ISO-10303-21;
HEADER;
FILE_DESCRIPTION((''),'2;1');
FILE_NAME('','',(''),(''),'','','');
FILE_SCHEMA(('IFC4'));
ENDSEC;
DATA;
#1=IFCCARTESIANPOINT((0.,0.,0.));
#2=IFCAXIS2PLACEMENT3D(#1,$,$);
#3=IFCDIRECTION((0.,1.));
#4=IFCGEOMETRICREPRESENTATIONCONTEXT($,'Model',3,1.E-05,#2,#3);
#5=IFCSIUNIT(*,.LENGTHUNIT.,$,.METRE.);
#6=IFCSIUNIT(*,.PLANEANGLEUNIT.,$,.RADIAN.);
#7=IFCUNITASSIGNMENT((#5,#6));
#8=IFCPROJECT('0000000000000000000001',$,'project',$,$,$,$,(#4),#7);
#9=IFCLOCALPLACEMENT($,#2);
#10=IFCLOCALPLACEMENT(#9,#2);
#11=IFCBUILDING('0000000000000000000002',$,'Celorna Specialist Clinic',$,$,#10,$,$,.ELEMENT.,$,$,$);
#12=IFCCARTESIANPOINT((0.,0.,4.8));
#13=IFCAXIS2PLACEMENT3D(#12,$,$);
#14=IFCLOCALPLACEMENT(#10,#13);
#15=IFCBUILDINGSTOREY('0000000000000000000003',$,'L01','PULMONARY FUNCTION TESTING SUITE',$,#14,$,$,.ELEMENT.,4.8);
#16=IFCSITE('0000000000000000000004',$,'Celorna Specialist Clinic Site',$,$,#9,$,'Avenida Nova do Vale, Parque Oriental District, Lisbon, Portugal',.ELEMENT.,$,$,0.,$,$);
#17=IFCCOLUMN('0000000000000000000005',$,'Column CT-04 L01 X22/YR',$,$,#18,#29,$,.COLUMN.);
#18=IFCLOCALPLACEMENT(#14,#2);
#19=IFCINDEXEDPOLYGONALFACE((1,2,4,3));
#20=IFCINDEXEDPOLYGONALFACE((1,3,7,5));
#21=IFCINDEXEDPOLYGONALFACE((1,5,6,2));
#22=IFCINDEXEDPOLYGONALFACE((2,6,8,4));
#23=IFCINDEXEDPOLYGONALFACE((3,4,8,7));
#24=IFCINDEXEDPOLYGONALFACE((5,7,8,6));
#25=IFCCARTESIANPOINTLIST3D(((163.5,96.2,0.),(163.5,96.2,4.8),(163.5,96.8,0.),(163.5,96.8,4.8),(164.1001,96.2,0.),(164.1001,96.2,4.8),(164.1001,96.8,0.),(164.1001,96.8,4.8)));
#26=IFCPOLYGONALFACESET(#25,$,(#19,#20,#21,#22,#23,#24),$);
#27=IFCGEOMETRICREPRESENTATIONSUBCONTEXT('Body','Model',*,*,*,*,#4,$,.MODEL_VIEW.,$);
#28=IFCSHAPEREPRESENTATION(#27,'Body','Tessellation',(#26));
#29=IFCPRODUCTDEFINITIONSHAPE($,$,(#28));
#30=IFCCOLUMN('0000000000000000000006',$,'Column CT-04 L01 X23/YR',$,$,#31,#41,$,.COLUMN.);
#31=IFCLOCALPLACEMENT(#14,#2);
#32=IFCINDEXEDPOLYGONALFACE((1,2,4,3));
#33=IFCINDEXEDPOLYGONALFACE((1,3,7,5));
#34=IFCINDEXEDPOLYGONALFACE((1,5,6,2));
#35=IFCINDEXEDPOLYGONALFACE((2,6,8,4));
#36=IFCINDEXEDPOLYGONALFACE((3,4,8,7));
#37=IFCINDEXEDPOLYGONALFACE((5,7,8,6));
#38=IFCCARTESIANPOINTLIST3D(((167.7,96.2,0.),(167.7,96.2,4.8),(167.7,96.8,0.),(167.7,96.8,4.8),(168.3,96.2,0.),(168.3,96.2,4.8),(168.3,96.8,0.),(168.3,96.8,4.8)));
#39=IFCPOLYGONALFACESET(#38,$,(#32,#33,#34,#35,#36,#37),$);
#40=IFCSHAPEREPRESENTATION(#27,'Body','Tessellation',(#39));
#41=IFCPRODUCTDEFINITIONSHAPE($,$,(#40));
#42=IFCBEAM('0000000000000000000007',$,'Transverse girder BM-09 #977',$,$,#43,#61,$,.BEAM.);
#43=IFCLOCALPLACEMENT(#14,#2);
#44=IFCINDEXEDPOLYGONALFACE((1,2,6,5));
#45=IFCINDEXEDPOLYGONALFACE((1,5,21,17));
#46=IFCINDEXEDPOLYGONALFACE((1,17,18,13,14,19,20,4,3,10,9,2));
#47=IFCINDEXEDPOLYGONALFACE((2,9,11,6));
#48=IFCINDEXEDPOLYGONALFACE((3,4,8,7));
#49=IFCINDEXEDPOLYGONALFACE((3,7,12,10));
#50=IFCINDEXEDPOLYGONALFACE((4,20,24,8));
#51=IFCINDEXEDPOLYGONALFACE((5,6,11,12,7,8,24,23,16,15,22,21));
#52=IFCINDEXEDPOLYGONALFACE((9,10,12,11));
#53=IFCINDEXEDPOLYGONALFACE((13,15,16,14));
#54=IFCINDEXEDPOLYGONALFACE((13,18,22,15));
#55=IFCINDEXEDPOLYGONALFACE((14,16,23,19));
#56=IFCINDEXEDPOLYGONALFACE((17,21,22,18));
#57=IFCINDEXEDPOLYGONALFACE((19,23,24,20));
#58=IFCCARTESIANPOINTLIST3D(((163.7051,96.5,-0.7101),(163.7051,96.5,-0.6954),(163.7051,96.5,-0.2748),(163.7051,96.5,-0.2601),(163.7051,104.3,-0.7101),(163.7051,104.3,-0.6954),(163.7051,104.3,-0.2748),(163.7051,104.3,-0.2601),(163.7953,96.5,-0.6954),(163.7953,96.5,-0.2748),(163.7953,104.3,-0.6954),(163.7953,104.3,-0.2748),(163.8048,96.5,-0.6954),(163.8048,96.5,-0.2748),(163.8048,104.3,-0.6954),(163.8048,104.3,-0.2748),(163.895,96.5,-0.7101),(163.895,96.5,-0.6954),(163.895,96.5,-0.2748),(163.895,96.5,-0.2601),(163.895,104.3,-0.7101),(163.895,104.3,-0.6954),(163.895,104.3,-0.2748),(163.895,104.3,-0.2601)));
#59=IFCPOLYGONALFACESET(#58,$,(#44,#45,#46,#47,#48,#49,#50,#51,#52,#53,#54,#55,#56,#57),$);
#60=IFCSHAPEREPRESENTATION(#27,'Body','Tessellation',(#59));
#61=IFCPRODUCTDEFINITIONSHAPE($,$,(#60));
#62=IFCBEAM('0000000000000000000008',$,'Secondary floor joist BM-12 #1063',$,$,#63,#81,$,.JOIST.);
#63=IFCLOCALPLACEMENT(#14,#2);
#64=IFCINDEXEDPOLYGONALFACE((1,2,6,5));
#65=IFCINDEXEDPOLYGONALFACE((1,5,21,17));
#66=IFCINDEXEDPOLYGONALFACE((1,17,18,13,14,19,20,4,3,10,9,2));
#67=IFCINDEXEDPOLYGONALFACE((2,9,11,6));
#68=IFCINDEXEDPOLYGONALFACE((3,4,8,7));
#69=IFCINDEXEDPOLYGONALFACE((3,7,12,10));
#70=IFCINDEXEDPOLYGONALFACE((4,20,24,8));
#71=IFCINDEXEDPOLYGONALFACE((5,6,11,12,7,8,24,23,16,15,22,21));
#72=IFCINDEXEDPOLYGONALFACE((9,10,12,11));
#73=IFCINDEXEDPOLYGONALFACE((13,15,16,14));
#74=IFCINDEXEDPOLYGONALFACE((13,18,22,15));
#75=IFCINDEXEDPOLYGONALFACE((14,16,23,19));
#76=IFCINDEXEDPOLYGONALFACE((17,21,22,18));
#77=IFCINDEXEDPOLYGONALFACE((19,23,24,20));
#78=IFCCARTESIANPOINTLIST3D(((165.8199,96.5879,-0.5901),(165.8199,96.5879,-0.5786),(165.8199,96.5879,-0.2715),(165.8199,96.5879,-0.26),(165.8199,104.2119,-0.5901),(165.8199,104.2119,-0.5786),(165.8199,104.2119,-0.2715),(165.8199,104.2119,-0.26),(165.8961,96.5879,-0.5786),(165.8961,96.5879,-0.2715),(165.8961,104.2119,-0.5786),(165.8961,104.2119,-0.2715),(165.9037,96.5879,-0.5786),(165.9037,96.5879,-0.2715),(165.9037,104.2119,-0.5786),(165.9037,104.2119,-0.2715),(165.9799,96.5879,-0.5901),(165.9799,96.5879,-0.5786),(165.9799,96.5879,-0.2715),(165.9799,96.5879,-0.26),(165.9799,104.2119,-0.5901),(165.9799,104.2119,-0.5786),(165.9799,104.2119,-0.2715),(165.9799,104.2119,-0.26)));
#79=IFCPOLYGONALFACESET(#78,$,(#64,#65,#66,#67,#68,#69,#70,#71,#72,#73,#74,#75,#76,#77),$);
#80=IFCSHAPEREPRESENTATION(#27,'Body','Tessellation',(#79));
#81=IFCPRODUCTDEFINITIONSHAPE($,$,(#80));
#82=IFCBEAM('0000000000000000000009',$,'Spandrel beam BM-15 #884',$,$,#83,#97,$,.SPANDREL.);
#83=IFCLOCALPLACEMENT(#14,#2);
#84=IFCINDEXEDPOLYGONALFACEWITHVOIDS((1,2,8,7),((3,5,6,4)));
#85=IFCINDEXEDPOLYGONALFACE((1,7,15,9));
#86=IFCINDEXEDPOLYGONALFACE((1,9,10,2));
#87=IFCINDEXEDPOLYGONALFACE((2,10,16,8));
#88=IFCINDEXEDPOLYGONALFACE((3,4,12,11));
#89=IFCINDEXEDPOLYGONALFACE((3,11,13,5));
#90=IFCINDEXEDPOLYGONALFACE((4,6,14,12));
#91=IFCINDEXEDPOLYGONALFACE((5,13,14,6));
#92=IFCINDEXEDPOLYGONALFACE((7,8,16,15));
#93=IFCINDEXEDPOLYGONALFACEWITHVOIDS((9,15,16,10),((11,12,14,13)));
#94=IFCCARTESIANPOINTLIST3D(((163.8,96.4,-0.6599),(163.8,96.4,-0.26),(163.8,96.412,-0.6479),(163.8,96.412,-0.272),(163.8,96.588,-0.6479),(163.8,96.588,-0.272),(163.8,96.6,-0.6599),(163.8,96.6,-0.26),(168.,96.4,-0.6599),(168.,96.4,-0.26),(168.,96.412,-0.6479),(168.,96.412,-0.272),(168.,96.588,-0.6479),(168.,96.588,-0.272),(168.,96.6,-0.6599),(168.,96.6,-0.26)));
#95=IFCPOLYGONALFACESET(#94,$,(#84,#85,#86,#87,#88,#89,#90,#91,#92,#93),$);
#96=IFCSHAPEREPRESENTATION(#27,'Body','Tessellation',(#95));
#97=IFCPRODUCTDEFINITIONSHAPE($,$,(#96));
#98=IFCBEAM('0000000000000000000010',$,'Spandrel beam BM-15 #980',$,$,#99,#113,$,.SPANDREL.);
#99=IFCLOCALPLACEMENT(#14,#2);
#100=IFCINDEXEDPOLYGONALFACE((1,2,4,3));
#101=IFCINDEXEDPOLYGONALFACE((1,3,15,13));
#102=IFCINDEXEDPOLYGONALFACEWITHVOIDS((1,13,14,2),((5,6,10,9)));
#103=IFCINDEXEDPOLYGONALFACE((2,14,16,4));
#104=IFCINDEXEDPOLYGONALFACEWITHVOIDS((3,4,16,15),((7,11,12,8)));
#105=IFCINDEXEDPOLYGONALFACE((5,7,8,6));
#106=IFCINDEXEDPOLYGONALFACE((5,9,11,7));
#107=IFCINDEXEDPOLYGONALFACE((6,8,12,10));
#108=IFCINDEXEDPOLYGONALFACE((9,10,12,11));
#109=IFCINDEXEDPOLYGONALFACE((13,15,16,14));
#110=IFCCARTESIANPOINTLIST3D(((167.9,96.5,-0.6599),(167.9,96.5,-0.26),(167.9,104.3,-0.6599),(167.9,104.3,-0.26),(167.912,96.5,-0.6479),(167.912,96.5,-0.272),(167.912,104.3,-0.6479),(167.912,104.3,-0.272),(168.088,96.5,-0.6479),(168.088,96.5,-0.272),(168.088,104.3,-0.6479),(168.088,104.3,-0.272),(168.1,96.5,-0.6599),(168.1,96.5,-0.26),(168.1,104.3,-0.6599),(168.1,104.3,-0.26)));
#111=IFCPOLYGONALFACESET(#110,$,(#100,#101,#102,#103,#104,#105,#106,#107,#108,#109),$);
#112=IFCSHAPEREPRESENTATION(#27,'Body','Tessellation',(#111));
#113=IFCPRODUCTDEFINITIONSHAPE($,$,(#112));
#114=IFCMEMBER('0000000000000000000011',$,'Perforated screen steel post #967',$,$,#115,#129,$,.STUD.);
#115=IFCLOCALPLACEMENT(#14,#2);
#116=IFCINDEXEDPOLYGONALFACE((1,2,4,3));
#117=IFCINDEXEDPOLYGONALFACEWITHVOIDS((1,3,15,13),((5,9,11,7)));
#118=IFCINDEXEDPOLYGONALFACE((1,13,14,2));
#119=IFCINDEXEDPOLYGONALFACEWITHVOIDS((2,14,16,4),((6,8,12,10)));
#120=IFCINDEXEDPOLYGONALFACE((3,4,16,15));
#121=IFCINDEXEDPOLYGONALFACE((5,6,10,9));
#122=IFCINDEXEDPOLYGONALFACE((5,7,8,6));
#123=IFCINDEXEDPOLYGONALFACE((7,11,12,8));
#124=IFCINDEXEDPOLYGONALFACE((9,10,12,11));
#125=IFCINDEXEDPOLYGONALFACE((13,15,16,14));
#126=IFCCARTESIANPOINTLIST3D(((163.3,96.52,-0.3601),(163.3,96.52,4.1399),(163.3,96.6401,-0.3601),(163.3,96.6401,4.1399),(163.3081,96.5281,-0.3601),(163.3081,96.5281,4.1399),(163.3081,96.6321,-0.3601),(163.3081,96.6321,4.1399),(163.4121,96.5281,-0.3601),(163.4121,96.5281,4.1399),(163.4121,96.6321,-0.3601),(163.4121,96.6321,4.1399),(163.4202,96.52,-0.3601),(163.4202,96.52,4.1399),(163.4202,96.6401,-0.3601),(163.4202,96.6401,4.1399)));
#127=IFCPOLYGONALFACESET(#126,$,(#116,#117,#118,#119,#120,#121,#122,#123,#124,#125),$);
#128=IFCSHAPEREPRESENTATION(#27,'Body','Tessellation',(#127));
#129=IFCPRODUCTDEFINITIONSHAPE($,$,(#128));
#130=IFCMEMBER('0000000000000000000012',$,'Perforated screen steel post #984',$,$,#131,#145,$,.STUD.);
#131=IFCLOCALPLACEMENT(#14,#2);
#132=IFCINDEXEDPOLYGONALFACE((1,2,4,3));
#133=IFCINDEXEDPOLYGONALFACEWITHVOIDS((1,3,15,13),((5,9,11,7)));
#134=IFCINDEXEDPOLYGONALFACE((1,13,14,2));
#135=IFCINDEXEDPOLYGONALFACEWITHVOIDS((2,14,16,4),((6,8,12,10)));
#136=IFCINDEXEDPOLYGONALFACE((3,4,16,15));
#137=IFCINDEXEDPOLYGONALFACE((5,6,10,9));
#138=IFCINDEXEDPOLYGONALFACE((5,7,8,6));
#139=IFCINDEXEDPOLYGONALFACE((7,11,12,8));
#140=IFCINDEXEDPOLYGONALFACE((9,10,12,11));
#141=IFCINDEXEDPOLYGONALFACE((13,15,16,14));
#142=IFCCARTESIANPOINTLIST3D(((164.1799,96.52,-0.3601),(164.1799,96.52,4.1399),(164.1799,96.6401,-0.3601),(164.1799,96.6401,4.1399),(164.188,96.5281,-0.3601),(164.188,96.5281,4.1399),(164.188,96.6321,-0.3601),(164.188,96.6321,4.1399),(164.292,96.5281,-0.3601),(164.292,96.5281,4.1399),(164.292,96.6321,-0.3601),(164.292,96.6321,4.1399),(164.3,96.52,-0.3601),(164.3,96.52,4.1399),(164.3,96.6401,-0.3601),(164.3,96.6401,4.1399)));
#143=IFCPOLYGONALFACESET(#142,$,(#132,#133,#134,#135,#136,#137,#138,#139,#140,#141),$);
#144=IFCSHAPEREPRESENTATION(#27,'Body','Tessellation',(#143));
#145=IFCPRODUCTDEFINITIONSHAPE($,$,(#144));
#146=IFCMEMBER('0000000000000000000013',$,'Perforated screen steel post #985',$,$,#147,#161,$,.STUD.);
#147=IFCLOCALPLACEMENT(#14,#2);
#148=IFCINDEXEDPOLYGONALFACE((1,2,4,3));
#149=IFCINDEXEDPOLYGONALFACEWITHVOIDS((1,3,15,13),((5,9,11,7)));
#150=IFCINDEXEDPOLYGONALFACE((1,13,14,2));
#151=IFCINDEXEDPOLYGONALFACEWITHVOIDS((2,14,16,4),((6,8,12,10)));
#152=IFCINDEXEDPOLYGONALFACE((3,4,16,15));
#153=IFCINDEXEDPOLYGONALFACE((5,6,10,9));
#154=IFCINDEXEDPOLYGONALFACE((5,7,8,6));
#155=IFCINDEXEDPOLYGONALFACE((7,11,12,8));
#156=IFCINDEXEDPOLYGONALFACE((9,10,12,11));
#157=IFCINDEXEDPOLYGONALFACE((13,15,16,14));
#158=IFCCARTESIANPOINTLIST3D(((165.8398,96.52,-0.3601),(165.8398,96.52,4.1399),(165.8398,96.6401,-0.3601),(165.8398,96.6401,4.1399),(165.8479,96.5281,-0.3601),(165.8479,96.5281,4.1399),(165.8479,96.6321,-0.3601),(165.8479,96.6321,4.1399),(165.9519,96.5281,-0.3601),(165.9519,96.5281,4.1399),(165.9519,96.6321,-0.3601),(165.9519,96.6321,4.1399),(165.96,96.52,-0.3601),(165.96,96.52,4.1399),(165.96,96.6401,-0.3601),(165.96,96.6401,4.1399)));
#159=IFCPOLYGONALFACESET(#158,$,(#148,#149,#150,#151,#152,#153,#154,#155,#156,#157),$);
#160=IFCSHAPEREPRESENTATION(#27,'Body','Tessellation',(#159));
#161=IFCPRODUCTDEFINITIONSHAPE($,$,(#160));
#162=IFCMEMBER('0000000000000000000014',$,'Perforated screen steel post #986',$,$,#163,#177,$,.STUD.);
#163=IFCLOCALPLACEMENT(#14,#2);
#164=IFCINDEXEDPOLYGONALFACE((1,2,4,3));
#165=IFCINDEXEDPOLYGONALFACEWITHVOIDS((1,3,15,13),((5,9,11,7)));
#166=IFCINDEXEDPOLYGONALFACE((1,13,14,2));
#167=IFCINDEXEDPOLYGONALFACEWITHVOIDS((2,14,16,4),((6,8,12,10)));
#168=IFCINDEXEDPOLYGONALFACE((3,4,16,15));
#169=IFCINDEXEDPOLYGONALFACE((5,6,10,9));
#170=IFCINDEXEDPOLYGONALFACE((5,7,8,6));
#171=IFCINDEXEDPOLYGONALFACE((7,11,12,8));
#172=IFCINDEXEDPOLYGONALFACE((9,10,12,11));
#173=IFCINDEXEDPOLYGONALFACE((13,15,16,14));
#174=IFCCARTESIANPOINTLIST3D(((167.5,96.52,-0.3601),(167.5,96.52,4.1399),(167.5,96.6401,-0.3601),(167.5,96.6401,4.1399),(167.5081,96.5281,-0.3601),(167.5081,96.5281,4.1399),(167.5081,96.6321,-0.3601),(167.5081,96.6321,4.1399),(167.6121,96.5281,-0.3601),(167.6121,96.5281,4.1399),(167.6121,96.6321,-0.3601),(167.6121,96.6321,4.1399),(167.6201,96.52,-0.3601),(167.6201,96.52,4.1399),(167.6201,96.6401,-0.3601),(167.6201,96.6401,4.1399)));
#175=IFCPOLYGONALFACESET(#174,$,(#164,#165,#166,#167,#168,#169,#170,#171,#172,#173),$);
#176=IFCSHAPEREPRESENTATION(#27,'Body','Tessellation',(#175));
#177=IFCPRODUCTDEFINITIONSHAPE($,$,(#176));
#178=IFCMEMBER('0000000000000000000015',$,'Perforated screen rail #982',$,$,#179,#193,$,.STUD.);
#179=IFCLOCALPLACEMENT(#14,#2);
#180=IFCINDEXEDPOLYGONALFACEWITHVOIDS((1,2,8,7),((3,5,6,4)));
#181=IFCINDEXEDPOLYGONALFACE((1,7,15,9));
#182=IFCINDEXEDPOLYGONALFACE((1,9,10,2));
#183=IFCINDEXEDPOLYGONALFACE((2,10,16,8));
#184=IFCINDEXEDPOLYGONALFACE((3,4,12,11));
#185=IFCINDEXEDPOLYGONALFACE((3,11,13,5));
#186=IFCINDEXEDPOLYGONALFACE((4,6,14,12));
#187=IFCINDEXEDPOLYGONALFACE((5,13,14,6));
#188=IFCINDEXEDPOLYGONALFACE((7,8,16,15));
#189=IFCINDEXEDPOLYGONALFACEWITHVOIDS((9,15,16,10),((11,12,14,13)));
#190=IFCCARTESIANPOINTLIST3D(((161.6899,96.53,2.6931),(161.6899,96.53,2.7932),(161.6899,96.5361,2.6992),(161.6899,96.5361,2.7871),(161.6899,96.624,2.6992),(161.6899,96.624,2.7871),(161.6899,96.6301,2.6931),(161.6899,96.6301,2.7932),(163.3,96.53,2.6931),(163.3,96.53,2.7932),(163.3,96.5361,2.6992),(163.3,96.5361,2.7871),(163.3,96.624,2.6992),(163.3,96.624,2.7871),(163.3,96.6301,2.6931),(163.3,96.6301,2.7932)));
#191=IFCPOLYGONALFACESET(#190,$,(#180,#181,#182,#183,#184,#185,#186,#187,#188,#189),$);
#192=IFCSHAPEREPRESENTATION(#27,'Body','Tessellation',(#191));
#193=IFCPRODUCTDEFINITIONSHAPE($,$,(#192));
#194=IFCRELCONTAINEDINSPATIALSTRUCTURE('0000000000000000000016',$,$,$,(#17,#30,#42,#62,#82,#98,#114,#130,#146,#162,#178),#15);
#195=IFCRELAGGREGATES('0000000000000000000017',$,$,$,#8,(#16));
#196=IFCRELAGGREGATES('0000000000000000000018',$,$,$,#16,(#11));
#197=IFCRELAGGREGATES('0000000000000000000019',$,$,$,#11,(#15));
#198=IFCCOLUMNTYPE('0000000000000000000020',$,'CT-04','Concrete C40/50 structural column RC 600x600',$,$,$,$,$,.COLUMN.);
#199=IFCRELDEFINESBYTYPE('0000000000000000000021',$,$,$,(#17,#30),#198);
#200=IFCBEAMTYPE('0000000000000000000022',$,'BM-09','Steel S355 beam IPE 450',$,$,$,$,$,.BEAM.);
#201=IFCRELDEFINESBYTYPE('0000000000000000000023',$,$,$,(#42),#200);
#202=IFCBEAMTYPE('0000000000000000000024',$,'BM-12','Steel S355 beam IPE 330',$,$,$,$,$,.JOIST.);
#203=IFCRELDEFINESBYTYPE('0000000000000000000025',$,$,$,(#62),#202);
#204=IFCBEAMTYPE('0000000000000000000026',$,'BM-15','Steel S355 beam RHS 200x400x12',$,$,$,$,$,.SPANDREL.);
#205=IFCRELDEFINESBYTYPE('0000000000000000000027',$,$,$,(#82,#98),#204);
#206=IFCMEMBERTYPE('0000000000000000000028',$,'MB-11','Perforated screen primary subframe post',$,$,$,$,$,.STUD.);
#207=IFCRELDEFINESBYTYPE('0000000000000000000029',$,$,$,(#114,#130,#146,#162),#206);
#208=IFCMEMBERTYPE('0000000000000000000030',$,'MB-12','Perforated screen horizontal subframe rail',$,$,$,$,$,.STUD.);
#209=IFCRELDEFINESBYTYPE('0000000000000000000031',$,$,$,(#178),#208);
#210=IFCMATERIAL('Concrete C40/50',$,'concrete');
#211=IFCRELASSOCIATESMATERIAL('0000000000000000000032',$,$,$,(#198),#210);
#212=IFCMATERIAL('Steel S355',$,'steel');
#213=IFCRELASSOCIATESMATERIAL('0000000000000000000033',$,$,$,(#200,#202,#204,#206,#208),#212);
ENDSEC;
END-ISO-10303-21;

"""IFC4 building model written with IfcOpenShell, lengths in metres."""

from ifc_helpers import new_model, si_unit, direction, frame, origin, origin_2d, place, context, subcontext, project, spatial, rectangle, hollow_rectangle, i_section, extrude, material, material_profile, profile_set, type_object, element, save


model = new_model("IFC4")

# Units and contexts
model_context = context("Model", 3, precision=1e-05, world=origin(), true_north=direction((0.0, 1.0)))
body_context = subcontext(model_context, "Body", "Model", "MODEL_VIEW")
ifc_project = project(units=[si_unit("LENGTHUNIT", "METRE"), si_unit("PLANEANGLEUNIT", "RADIAN")], contexts=[model_context])

# Site, building, storey
site_placement = place(None, origin())
site = spatial("IfcSite", under=ifc_project, at=site_placement, Name="Celorna Specialist Clinic Site", LongName="Avenida Nova do Vale, Parque Oriental District, Lisbon, Portugal", CompositionType="ELEMENT", RefElevation=0.0)
building_placement = place(site_placement, origin())
building = spatial("IfcBuilding", under=site, at=building_placement, Name="Celorna Specialist Clinic", CompositionType="ELEMENT")
storey_placement = place(building_placement, frame((0.0, 0.0, 4.8)))
storey = spatial("IfcBuildingStorey", under=building, at=storey_placement, Name="L01", Description="PULMONARY FUNCTION TESTING SUITE", CompositionType="ELEMENT", Elevation=4.8)

# Columns
ifc_material_1 = material(Name="Concrete C40/50", Category="concrete")
ifc_material_profile_1 = material_profile(ifc_material_1, rectangle(XDim=0.6001, YDim=0.6001, at=origin_2d()), Name="RC 600x600")
ifc_profile_set_1 = profile_set([ifc_material_profile_1], Name="Concrete C40/50")
column_type = type_object("IfcColumnType", Name="CT-04", Description="Concrete C40/50 structural column RC 600x600", PredefinedType="COLUMN", material=ifc_profile_set_1)
for number, where, z_axis, x_axis, name in (
    (1, (163.8, 96.5, 0.0), (0.0, 0.0, 1.0), (1.0, 0.0, 0.0), "Column CT-04 L01 X22/YR"),
    (2, (168.0, 96.5, 0.0), (0.0, 0.0, 1.0), (1.0, 0.0, 0.0), "Column CT-04 L01 X23/YR"),
):
    element("IfcColumn", number, at=place(storey_placement, frame(where, z_axis=z_axis, x_axis=x_axis)), inside=storey, type_object=column_type, Name=name, PredefinedType="COLUMN", context=body_context, shape_type="SweptSolid", body=[
        extrude(rectangle(XDim=0.6001, YDim=0.6001, at=origin_2d()), origin(), (0.0, 0.0, 1.0), 4.8),
    ])

# Beams
ifc_material_2 = material(Name="Steel S355", Category="steel")
ifc_material_profile_2 = material_profile(ifc_material_2, i_section(OverallWidth=0.1899, OverallDepth=0.45, WebThickness=0.0095, FlangeThickness=0.0146, at=origin_2d()), Name="IPE 450")
ifc_profile_set_2 = profile_set([ifc_material_profile_2], Name="Steel S355")
beam_type_1 = type_object("IfcBeamType", Name="BM-09", Description="Steel S355 beam IPE 450", PredefinedType="BEAM", material=ifc_profile_set_2)
beam_1_placement = place(storey_placement, frame((163.8, 96.5, -0.4851), z_axis=(0.0, 1.0, 0.0), x_axis=(-1.0, 0.0, 0.0)))
element("IfcBeam", 3, at=beam_1_placement, inside=storey, type_object=beam_type_1, Name="Transverse girder BM-09 #977", PredefinedType="BEAM", context=body_context, shape_type="SweptSolid", body=[
    extrude(i_section(OverallWidth=0.1899, OverallDepth=0.45, WebThickness=0.0095, FlangeThickness=0.0146, at=origin_2d()), origin(), (0.0, 0.0, 1.0), 7.8),
])
ifc_material_profile_3 = material_profile(ifc_material_2, i_section(OverallWidth=0.1599, OverallDepth=0.3301, WebThickness=0.0076, FlangeThickness=0.0115, at=origin_2d()), Name="IPE 330")
ifc_profile_set_3 = profile_set([ifc_material_profile_3], Name="Steel S355")
beam_type_2 = type_object("IfcBeamType", Name="BM-12", Description="Steel S355 beam IPE 330", PredefinedType="JOIST", material=ifc_profile_set_3)
beam_2_placement = place(storey_placement, frame((165.8999, 96.5879, -0.425), z_axis=(0.0, 1.0, 0.0), x_axis=(-1.0, 0.0, 0.0)))
element("IfcBeam", 4, at=beam_2_placement, inside=storey, type_object=beam_type_2, Name="Secondary floor joist BM-12 #1063", PredefinedType="JOIST", context=body_context, shape_type="SweptSolid", body=[
    extrude(i_section(OverallWidth=0.1599, OverallDepth=0.3301, WebThickness=0.0076, FlangeThickness=0.0115, at=origin_2d()), origin(), (0.0, 0.0, 1.0), 7.624),
])
ifc_material_profile_4 = material_profile(ifc_material_2, hollow_rectangle(XDim=0.2, YDim=0.3999, WallThickness=0.012, at=origin_2d()), Name="RHS 200x400x12")
ifc_profile_set_4 = profile_set([ifc_material_profile_4], Name="Steel S355")
beam_type_3 = type_object("IfcBeamType", Name="BM-15", Description="Steel S355 beam RHS 200x400x12", PredefinedType="SPANDREL", material=ifc_profile_set_4)
beam_3_placement = place(storey_placement, frame((163.8, 96.5, -0.46), z_axis=(1.0, 0.0, 0.0), x_axis=(0.0, 1.0, 0.0)))
element("IfcBeam", 5, at=beam_3_placement, inside=storey, type_object=beam_type_3, Name="Spandrel beam BM-15 #884", PredefinedType="SPANDREL", context=body_context, shape_type="SweptSolid", body=[
    extrude(hollow_rectangle(XDim=0.2, YDim=0.3999, WallThickness=0.012, at=origin_2d()), origin(), (0.0, 0.0, 1.0), 4.2),
])
beam_4_placement = place(storey_placement, frame((168.0, 96.5, -0.46), z_axis=(0.0, 1.0, 0.0), x_axis=(-1.0, 0.0, 0.0)))
element("IfcBeam", 6, at=beam_4_placement, inside=storey, type_object=beam_type_3, Name="Spandrel beam BM-15 #980", PredefinedType="SPANDREL", context=body_context, shape_type="SweptSolid", body=[
    extrude(hollow_rectangle(XDim=0.2, YDim=0.3999, WallThickness=0.012, at=origin_2d()), origin(), (0.0, 0.0, 1.0), 7.8),
])

# Members
ifc_material_profile_5 = material_profile(ifc_material_2, hollow_rectangle(XDim=0.1201, YDim=0.1201, WallThickness=0.0081, at=origin_2d()), Name="SHS 120x120x8")
ifc_profile_set_5 = profile_set([ifc_material_profile_5], Name="Steel S355")
member_type_1 = type_object("IfcMemberType", Name="MB-11", Description="Perforated screen primary subframe post", PredefinedType="STUD", material=ifc_profile_set_5)
for number, where, z_axis, x_axis, name in (
    (7, (163.3601, 96.5801, -0.3601), (0.0, 0.0, 1.0), (1.0, 0.0, 0.0), "Perforated screen steel post #967"),
    (8, (164.24, 96.5801, -0.3601), (0.0, 0.0, 1.0), (1.0, 0.0, 0.0), "Perforated screen steel post #984"),
    (9, (165.8999, 96.5801, -0.3601), (0.0, 0.0, 1.0), (1.0, 0.0, 0.0), "Perforated screen steel post #985"),
    (10, (167.5601, 96.5801, -0.3601), (0.0, 0.0, 1.0), (1.0, 0.0, 0.0), "Perforated screen steel post #986"),
):
    element("IfcMember", number, at=place(storey_placement, frame(where, z_axis=z_axis, x_axis=x_axis)), inside=storey, type_object=member_type_1, Name=name, PredefinedType="STUD", context=body_context, shape_type="SweptSolid", body=[
        extrude(hollow_rectangle(XDim=0.1201, YDim=0.1201, WallThickness=0.0081, at=origin_2d()), origin(), (0.0, 0.0, 1.0), 4.5),
    ])
ifc_material_profile_6 = material_profile(ifc_material_2, hollow_rectangle(XDim=0.1001, YDim=0.1001, WallThickness=0.0061, at=origin_2d()), Name="SHS 100x100x6")
ifc_profile_set_6 = profile_set([ifc_material_profile_6], Name="Steel S355")
member_type_2 = type_object("IfcMemberType", Name="MB-12", Description="Perforated screen horizontal subframe rail", PredefinedType="STUD", material=ifc_profile_set_6)
for number, where, z_axis, x_axis, name in (
    (11, (161.6899, 96.5801, 2.7432), (1.0, 0.0, 0.0), (0.0, 1.0, 0.0), "Perforated screen rail #982"),
):
    element("IfcMember", number, at=place(storey_placement, frame(where, z_axis=z_axis, x_axis=x_axis)), inside=storey, type_object=member_type_2, Name=name, PredefinedType="STUD", context=body_context, shape_type="SweptSolid", body=[
        extrude(hollow_rectangle(XDim=0.1001, YDim=0.1001, WallThickness=0.0061, at=origin_2d()), origin(), (0.0, 0.0, 1.0), 1.6101),
    ])

save(model, "model.ifc")
